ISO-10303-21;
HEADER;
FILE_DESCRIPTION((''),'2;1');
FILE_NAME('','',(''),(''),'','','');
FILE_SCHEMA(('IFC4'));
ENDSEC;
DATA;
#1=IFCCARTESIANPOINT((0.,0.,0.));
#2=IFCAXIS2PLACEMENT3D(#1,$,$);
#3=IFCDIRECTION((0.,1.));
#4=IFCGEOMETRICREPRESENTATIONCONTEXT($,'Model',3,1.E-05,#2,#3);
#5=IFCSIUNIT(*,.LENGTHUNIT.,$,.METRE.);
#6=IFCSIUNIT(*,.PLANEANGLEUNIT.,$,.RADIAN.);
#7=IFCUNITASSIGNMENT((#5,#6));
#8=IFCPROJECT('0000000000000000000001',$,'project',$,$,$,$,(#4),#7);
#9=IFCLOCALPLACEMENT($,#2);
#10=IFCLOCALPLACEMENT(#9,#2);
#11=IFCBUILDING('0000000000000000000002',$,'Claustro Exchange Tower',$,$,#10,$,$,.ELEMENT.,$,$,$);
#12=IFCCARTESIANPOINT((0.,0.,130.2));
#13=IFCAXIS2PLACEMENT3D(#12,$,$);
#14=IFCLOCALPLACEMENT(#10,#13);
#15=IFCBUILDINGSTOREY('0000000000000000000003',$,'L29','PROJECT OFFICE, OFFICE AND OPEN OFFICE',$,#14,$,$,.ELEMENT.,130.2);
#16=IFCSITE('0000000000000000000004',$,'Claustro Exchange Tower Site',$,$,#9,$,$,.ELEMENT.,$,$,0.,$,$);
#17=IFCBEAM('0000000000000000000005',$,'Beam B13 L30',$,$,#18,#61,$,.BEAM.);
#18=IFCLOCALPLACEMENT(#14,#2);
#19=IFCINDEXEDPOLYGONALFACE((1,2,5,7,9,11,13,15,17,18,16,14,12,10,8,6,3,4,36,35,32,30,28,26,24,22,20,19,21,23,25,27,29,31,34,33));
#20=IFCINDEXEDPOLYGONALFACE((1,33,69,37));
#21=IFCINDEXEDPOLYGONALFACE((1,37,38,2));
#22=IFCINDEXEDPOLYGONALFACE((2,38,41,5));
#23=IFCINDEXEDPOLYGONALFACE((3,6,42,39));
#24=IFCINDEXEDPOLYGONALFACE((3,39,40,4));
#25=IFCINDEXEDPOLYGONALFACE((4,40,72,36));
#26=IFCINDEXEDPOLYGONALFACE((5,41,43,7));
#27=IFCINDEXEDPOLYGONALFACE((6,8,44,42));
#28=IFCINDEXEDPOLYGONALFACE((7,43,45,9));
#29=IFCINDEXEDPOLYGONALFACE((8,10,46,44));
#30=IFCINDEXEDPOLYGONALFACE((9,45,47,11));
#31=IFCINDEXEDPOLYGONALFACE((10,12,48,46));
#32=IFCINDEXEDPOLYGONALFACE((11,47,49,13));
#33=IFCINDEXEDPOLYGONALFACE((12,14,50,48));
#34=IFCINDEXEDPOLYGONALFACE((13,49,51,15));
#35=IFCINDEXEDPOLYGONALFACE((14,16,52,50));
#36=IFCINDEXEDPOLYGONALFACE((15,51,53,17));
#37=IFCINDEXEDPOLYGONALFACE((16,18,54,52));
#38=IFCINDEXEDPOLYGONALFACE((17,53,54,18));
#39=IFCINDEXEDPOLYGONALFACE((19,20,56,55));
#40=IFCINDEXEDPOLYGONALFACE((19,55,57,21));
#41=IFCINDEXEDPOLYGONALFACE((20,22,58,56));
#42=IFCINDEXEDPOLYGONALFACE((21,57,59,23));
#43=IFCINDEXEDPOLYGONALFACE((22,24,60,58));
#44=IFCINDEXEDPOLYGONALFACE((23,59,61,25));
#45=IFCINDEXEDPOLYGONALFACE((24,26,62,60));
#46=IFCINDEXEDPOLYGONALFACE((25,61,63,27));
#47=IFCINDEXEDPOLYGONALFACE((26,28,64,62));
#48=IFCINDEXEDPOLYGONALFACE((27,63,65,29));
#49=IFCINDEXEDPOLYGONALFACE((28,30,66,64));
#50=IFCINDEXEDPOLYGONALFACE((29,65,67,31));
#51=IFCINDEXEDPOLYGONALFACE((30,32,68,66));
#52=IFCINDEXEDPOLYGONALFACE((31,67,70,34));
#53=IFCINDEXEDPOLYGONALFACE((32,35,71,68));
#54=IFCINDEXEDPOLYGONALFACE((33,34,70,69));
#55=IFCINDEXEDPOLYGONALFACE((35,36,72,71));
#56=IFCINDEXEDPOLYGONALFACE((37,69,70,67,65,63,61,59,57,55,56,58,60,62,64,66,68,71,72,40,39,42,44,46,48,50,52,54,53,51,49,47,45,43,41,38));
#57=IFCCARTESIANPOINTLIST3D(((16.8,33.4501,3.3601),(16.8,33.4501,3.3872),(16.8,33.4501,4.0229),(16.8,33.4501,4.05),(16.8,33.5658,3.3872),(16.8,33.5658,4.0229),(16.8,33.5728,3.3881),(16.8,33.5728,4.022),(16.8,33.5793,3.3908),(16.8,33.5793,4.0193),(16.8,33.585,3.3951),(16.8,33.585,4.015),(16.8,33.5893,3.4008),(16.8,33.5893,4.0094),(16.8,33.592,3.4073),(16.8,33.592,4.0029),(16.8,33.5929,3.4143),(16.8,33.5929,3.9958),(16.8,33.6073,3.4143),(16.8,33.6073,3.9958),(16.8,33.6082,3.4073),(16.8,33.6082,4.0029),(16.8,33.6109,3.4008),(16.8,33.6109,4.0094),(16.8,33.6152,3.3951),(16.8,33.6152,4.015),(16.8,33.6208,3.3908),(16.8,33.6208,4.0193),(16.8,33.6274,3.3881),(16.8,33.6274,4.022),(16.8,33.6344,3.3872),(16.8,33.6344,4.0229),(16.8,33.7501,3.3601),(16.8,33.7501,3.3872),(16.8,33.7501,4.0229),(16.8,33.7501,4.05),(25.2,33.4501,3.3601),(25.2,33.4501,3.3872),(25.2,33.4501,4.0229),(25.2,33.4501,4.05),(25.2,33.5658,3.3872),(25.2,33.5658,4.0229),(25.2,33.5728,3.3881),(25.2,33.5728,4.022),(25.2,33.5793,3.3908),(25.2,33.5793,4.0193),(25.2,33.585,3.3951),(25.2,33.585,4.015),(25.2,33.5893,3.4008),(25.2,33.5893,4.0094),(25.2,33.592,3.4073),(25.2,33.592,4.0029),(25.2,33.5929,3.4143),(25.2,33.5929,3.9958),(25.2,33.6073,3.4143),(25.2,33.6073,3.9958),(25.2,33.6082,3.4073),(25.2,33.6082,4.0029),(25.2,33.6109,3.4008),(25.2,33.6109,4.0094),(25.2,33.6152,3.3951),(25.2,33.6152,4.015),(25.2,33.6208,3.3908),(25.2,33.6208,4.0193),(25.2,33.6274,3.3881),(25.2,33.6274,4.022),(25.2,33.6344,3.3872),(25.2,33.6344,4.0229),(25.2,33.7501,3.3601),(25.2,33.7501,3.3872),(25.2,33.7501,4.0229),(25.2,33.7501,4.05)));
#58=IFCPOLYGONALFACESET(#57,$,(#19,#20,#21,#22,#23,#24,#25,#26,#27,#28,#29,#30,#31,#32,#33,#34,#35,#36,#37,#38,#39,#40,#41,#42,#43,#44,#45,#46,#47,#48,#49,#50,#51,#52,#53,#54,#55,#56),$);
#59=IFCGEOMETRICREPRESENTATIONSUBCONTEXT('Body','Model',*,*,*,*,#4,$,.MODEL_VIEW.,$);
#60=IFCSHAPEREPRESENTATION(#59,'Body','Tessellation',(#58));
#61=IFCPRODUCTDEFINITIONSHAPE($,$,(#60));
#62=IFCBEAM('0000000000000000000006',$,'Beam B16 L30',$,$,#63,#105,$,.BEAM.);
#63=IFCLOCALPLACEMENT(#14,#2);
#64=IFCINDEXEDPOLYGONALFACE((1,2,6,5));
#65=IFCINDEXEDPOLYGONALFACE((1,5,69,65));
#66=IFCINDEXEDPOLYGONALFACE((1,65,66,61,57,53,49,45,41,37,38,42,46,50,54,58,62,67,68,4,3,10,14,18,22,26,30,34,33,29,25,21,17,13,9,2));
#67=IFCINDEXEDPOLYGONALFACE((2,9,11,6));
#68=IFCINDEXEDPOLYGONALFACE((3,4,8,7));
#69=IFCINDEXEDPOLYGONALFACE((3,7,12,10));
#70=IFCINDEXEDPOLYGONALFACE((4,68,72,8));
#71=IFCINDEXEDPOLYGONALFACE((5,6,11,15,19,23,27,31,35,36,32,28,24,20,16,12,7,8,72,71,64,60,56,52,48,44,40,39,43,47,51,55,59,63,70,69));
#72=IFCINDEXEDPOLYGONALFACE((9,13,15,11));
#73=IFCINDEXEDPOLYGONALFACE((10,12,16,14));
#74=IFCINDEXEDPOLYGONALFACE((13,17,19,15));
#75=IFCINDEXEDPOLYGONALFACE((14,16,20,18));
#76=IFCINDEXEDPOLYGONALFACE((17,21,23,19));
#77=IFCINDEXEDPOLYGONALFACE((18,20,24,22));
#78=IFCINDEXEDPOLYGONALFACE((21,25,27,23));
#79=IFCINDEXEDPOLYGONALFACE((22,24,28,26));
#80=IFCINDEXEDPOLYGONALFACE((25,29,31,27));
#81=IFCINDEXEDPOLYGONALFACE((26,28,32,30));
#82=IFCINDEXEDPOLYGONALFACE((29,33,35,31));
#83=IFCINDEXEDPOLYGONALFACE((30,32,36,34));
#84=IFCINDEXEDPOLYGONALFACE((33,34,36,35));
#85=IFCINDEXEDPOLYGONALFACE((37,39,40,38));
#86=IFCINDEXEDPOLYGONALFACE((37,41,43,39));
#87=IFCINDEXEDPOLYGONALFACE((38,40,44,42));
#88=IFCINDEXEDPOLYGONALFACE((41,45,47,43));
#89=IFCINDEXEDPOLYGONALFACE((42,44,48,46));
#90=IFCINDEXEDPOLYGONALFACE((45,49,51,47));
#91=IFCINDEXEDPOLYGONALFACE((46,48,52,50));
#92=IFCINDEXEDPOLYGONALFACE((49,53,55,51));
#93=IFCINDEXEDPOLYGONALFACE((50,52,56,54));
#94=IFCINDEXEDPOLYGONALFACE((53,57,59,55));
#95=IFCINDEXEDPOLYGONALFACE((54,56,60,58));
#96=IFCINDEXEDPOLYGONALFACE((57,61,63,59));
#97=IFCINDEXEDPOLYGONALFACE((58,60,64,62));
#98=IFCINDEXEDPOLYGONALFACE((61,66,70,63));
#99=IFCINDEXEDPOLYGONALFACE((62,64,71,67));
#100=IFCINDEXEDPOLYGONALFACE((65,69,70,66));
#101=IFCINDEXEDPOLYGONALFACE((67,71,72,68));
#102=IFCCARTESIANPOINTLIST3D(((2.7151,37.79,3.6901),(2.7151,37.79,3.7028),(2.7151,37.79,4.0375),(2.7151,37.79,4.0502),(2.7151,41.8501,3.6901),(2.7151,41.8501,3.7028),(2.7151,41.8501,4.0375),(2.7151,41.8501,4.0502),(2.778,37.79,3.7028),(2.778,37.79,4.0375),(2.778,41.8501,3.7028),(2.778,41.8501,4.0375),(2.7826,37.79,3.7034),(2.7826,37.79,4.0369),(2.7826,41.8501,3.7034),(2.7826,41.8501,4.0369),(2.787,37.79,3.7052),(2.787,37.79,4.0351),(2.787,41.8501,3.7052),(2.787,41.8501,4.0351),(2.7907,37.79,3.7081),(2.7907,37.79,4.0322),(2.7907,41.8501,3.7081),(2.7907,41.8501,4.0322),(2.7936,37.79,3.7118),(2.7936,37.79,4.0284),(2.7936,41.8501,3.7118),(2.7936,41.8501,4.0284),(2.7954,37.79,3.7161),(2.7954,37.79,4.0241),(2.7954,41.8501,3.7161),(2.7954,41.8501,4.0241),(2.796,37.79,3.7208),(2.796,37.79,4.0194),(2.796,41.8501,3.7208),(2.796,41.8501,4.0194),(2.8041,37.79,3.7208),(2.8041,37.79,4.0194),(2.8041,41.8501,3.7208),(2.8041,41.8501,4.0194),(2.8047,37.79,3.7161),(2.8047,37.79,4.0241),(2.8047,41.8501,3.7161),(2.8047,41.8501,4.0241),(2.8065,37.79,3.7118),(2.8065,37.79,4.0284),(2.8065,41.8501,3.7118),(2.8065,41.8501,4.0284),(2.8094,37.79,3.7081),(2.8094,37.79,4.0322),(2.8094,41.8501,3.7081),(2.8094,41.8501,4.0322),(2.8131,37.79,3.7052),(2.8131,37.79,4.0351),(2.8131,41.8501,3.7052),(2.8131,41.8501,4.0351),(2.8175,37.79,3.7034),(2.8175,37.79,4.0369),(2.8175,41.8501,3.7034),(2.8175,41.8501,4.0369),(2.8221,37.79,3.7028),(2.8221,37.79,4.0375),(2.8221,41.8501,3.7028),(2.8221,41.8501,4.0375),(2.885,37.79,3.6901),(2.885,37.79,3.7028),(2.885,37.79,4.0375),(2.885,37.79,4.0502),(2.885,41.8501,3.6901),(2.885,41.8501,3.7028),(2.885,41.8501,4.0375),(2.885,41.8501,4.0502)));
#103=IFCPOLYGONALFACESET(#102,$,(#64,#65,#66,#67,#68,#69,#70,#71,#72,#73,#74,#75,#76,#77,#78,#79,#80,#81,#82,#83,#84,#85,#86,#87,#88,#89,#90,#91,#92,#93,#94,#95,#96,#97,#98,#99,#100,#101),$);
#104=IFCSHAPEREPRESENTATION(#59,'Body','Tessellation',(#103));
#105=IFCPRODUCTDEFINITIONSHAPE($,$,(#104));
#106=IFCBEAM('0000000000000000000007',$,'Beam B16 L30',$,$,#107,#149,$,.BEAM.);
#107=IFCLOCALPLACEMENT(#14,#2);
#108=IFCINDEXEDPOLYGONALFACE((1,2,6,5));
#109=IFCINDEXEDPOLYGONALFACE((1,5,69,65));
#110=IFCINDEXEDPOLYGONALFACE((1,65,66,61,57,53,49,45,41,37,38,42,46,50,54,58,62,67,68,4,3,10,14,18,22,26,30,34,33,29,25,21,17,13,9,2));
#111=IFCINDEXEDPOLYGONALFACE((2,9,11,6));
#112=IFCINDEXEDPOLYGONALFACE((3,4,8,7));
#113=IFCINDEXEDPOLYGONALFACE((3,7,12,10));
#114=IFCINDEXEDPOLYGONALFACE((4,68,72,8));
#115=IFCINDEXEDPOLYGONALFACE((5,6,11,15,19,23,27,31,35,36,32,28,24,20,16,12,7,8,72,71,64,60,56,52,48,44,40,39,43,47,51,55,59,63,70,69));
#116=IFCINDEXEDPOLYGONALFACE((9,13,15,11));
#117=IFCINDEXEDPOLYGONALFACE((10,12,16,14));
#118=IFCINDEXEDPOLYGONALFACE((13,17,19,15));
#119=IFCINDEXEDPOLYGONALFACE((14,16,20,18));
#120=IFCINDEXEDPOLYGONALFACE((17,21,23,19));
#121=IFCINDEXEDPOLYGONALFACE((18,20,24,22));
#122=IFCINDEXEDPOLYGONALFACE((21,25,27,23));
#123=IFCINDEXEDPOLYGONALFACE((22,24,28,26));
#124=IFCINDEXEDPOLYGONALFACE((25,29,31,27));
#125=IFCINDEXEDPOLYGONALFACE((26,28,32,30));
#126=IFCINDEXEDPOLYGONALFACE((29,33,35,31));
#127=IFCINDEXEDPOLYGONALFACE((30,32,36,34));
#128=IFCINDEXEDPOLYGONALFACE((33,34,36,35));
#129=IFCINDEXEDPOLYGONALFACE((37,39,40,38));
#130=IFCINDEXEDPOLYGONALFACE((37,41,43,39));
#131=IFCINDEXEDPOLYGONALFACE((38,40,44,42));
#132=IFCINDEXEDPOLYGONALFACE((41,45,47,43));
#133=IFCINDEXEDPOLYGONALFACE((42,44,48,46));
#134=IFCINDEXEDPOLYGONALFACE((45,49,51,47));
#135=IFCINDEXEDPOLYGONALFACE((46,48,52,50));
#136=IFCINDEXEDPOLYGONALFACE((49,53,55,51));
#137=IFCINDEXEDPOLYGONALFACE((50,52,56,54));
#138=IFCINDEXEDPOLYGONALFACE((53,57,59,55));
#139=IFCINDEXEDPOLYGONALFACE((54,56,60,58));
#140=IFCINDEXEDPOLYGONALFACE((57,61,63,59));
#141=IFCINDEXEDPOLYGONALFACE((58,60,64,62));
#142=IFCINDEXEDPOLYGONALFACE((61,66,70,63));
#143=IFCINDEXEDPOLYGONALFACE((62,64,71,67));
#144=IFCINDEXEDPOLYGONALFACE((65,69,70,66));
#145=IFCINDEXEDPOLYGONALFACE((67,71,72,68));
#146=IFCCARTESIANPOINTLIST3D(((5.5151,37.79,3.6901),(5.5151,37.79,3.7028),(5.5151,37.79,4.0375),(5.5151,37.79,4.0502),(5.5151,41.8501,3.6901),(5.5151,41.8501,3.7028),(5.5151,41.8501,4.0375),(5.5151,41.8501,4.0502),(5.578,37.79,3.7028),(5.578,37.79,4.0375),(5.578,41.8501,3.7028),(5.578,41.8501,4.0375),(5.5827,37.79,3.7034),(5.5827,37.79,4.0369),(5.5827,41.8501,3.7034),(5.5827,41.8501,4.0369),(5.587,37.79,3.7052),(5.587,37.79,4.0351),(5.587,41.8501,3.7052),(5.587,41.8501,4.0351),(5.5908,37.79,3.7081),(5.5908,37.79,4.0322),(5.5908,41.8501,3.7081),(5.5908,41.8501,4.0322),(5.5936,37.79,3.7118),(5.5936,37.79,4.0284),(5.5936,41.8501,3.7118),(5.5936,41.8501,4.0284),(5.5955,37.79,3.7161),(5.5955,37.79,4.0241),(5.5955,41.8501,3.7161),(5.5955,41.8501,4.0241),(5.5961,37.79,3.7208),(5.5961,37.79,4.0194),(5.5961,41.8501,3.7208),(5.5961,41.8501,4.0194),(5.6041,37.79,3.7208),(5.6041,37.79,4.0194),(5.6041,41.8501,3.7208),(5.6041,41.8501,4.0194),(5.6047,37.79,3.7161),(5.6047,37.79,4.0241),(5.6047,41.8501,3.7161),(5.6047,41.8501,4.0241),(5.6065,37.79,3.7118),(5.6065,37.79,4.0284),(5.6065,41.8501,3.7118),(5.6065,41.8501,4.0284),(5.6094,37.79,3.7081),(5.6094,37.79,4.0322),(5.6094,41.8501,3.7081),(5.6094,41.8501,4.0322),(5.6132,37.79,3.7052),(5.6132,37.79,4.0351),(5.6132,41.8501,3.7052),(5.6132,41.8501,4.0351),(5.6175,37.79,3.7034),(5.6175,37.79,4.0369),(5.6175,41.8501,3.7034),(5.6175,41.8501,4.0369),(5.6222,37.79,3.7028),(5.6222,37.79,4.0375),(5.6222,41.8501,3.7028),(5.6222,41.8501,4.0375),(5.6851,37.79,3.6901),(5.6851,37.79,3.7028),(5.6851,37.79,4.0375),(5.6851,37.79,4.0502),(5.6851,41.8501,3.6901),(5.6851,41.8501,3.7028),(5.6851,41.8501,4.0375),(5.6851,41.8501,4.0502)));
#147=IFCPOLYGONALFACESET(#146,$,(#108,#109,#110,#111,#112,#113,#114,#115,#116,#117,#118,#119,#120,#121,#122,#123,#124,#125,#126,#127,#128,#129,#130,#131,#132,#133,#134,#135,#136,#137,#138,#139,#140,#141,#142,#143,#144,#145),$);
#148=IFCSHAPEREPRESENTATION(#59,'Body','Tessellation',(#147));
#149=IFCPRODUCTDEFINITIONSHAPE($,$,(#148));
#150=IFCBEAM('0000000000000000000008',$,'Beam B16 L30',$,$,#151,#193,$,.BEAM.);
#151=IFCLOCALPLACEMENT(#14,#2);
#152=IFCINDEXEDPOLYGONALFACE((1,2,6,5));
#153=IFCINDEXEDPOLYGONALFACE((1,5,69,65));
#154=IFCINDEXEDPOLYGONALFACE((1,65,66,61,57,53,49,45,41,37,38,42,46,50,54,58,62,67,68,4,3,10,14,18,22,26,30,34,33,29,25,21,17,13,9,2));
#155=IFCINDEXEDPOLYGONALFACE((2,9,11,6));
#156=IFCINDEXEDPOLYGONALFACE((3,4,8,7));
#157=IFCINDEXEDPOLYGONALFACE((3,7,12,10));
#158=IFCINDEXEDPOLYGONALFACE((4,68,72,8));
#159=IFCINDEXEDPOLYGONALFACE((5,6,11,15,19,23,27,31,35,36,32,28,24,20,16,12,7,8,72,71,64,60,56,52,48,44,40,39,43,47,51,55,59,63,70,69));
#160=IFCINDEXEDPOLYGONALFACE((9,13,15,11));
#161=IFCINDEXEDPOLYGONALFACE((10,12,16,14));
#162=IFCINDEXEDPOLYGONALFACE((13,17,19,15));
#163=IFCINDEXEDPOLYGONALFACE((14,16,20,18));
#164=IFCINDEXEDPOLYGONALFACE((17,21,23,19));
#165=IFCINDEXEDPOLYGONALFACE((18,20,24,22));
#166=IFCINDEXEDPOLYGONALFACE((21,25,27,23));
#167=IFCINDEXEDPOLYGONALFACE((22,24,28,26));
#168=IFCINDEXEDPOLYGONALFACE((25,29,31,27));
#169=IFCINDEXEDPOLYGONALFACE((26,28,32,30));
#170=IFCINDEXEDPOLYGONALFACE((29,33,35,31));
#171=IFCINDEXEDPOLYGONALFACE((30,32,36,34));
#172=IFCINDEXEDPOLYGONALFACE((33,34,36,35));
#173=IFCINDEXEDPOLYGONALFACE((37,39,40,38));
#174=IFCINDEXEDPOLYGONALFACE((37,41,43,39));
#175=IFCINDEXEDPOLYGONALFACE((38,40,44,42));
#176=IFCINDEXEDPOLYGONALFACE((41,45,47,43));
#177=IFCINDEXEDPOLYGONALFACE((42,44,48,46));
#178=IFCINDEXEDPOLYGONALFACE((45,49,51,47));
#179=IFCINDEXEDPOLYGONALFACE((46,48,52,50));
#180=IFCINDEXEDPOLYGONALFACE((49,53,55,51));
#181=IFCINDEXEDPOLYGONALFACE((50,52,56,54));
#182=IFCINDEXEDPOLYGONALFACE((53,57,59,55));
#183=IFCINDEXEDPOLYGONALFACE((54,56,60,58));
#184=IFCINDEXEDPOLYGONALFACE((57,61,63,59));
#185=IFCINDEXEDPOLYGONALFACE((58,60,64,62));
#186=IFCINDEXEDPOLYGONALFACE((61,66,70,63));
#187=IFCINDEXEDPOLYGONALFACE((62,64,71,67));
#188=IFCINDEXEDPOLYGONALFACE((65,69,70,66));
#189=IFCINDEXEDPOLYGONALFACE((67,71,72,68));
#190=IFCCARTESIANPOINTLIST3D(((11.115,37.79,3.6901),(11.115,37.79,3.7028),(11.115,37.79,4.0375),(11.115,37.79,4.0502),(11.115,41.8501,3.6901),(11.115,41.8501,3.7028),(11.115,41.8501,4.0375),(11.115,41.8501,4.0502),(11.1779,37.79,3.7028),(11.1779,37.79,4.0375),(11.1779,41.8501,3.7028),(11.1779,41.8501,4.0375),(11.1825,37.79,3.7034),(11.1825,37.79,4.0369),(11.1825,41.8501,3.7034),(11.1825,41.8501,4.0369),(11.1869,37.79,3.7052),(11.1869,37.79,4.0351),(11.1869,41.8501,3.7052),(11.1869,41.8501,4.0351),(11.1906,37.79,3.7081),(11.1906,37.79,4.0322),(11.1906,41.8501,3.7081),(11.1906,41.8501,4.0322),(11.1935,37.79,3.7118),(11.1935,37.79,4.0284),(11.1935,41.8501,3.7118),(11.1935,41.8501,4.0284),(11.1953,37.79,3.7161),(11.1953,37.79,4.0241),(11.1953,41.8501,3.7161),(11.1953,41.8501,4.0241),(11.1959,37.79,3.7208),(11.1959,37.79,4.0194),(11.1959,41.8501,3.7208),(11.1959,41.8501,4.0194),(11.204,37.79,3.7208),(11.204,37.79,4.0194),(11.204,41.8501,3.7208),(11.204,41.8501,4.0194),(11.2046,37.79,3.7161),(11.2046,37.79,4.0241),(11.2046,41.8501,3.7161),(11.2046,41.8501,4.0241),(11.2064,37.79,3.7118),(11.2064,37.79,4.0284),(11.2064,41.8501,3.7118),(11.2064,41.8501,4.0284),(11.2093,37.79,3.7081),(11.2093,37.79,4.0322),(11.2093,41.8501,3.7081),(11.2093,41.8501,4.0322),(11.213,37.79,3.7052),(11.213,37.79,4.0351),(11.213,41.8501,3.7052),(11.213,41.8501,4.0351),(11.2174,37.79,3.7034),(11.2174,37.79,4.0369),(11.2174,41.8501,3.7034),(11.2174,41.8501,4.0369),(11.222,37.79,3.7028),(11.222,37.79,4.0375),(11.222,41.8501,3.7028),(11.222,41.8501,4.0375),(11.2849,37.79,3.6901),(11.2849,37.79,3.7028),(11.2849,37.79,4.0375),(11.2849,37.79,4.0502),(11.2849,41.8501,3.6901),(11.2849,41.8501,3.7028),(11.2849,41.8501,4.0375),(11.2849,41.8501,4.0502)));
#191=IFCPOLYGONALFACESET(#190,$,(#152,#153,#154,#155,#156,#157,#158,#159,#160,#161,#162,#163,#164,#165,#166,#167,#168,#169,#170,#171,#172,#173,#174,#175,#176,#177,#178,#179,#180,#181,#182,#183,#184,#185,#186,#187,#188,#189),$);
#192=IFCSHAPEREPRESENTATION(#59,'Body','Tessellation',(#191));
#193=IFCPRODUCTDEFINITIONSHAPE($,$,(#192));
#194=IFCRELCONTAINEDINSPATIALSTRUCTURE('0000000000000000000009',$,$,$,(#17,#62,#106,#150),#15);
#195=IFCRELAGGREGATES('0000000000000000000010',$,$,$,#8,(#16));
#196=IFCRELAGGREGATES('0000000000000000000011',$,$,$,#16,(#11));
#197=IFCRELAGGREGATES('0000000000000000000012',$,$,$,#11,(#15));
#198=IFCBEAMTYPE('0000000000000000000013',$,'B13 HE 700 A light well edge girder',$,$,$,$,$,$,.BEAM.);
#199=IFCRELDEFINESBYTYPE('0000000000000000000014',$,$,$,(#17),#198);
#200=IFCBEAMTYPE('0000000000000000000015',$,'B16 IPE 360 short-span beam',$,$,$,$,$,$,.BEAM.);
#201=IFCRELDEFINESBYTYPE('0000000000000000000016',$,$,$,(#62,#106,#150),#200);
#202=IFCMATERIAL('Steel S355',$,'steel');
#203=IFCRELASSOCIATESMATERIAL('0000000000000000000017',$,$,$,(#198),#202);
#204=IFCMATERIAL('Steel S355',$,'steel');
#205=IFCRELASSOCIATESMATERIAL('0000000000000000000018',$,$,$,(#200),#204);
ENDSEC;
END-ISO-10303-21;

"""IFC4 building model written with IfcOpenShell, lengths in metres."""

from ifc_helpers import new_model, si_unit, direction, frame, origin, origin_2d, place, context, subcontext, project, spatial, i_section, extrude, material, material_profile, profile_set, type_object, element, save


model = new_model("IFC4")

# Units and contexts
model_context = context("Model", 3, precision=1e-05, world=origin(), true_north=direction((0.0, 1.0)))
body_context = subcontext(model_context, "Body", "Model", "MODEL_VIEW")
ifc_project = project(units=[si_unit("LENGTHUNIT", "METRE"), si_unit("PLANEANGLEUNIT", "RADIAN")], contexts=[model_context])

# Site, building, storey
site_placement = place(None, origin())
site = spatial("IfcSite", under=ifc_project, at=site_placement, Name="Claustro Exchange Tower Site", CompositionType="ELEMENT", RefElevation=0.0)
building_placement = place(site_placement, origin())
building = spatial("IfcBuilding", under=site, at=building_placement, Name="Claustro Exchange Tower", CompositionType="ELEMENT")
storey_placement = place(building_placement, frame((0.0, 0.0, 130.2)))
storey = spatial("IfcBuildingStorey", under=building, at=storey_placement, Name="L29", Description="PROJECT OFFICE, OFFICE AND OPEN OFFICE", CompositionType="ELEMENT", Elevation=130.2)

# Beams
ifc_material_1 = material(Name="Steel S355", Category="steel")
ifc_material_profile_1 = material_profile(ifc_material_1, i_section(OverallWidth=0.3, OverallDepth=0.6899, WebThickness=0.0144, FlangeThickness=0.0271, FilletRadius=0.0271, at=origin_2d()), Name="HE 700 A")
ifc_profile_set_1 = profile_set([ifc_material_profile_1], Name="Steel S355")
beam_type_1 = type_object("IfcBeamType", Name="B13 HE 700 A light well edge girder", PredefinedType="BEAM", material=ifc_profile_set_1)
beam_placement = place(storey_placement, frame((16.8, 33.6001, 3.7051), z_axis=(1.0, 0.0, 0.0), x_axis=(0.0, 1.0, 0.0)))
element("IfcBeam", 1, at=beam_placement, inside=storey, type_object=beam_type_1, Name="Beam B13 L30", PredefinedType="BEAM", context=body_context, shape_type="SweptSolid", body=[
    extrude(i_section(OverallWidth=0.3, OverallDepth=0.6899, WebThickness=0.0144, FlangeThickness=0.0271, FilletRadius=0.0271, at=origin_2d()), origin(), (0.0, 0.0, 1.0), 8.3999),
])
ifc_material_2 = material(Name="Steel S355", Category="steel")
ifc_material_profile_2 = material_profile(ifc_material_2, i_section(OverallWidth=0.1699, OverallDepth=0.3601, WebThickness=0.0081, FlangeThickness=0.0127, FilletRadius=0.0181, at=origin_2d()), Name="IPE 360")
ifc_profile_set_2 = profile_set([ifc_material_profile_2], Name="Steel S355")
beam_type_2 = type_object("IfcBeamType", Name="B16 IPE 360 short-span beam", PredefinedType="BEAM", material=ifc_profile_set_2)
for number, where, z_axis, x_axis, name in (
    (2, (2.8, 37.79, 3.8701), (0.0, 1.0, 0.0), (-1.0, 0.0, 0.0), "Beam B16 L30"),
    (3, (5.6001, 37.79, 3.8701), (0.0, 1.0, 0.0), (-1.0, 0.0, 0.0), "Beam B16 L30"),
    (4, (11.2, 37.79, 3.8701), (0.0, 1.0, 0.0), (-1.0, 0.0, 0.0), "Beam B16 L30"),
):
    element("IfcBeam", number, at=place(storey_placement, frame(where, z_axis=z_axis, x_axis=x_axis)), inside=storey, type_object=beam_type_2, Name=name, PredefinedType="BEAM", context=body_context, shape_type="SweptSolid", body=[
        extrude(i_section(OverallWidth=0.1699, OverallDepth=0.3601, WebThickness=0.0081, FlangeThickness=0.0127, FilletRadius=0.0181, at=origin_2d()), origin(), (0.0, 0.0, 1.0), 4.0601),
    ])

save(model, "model.ifc")
